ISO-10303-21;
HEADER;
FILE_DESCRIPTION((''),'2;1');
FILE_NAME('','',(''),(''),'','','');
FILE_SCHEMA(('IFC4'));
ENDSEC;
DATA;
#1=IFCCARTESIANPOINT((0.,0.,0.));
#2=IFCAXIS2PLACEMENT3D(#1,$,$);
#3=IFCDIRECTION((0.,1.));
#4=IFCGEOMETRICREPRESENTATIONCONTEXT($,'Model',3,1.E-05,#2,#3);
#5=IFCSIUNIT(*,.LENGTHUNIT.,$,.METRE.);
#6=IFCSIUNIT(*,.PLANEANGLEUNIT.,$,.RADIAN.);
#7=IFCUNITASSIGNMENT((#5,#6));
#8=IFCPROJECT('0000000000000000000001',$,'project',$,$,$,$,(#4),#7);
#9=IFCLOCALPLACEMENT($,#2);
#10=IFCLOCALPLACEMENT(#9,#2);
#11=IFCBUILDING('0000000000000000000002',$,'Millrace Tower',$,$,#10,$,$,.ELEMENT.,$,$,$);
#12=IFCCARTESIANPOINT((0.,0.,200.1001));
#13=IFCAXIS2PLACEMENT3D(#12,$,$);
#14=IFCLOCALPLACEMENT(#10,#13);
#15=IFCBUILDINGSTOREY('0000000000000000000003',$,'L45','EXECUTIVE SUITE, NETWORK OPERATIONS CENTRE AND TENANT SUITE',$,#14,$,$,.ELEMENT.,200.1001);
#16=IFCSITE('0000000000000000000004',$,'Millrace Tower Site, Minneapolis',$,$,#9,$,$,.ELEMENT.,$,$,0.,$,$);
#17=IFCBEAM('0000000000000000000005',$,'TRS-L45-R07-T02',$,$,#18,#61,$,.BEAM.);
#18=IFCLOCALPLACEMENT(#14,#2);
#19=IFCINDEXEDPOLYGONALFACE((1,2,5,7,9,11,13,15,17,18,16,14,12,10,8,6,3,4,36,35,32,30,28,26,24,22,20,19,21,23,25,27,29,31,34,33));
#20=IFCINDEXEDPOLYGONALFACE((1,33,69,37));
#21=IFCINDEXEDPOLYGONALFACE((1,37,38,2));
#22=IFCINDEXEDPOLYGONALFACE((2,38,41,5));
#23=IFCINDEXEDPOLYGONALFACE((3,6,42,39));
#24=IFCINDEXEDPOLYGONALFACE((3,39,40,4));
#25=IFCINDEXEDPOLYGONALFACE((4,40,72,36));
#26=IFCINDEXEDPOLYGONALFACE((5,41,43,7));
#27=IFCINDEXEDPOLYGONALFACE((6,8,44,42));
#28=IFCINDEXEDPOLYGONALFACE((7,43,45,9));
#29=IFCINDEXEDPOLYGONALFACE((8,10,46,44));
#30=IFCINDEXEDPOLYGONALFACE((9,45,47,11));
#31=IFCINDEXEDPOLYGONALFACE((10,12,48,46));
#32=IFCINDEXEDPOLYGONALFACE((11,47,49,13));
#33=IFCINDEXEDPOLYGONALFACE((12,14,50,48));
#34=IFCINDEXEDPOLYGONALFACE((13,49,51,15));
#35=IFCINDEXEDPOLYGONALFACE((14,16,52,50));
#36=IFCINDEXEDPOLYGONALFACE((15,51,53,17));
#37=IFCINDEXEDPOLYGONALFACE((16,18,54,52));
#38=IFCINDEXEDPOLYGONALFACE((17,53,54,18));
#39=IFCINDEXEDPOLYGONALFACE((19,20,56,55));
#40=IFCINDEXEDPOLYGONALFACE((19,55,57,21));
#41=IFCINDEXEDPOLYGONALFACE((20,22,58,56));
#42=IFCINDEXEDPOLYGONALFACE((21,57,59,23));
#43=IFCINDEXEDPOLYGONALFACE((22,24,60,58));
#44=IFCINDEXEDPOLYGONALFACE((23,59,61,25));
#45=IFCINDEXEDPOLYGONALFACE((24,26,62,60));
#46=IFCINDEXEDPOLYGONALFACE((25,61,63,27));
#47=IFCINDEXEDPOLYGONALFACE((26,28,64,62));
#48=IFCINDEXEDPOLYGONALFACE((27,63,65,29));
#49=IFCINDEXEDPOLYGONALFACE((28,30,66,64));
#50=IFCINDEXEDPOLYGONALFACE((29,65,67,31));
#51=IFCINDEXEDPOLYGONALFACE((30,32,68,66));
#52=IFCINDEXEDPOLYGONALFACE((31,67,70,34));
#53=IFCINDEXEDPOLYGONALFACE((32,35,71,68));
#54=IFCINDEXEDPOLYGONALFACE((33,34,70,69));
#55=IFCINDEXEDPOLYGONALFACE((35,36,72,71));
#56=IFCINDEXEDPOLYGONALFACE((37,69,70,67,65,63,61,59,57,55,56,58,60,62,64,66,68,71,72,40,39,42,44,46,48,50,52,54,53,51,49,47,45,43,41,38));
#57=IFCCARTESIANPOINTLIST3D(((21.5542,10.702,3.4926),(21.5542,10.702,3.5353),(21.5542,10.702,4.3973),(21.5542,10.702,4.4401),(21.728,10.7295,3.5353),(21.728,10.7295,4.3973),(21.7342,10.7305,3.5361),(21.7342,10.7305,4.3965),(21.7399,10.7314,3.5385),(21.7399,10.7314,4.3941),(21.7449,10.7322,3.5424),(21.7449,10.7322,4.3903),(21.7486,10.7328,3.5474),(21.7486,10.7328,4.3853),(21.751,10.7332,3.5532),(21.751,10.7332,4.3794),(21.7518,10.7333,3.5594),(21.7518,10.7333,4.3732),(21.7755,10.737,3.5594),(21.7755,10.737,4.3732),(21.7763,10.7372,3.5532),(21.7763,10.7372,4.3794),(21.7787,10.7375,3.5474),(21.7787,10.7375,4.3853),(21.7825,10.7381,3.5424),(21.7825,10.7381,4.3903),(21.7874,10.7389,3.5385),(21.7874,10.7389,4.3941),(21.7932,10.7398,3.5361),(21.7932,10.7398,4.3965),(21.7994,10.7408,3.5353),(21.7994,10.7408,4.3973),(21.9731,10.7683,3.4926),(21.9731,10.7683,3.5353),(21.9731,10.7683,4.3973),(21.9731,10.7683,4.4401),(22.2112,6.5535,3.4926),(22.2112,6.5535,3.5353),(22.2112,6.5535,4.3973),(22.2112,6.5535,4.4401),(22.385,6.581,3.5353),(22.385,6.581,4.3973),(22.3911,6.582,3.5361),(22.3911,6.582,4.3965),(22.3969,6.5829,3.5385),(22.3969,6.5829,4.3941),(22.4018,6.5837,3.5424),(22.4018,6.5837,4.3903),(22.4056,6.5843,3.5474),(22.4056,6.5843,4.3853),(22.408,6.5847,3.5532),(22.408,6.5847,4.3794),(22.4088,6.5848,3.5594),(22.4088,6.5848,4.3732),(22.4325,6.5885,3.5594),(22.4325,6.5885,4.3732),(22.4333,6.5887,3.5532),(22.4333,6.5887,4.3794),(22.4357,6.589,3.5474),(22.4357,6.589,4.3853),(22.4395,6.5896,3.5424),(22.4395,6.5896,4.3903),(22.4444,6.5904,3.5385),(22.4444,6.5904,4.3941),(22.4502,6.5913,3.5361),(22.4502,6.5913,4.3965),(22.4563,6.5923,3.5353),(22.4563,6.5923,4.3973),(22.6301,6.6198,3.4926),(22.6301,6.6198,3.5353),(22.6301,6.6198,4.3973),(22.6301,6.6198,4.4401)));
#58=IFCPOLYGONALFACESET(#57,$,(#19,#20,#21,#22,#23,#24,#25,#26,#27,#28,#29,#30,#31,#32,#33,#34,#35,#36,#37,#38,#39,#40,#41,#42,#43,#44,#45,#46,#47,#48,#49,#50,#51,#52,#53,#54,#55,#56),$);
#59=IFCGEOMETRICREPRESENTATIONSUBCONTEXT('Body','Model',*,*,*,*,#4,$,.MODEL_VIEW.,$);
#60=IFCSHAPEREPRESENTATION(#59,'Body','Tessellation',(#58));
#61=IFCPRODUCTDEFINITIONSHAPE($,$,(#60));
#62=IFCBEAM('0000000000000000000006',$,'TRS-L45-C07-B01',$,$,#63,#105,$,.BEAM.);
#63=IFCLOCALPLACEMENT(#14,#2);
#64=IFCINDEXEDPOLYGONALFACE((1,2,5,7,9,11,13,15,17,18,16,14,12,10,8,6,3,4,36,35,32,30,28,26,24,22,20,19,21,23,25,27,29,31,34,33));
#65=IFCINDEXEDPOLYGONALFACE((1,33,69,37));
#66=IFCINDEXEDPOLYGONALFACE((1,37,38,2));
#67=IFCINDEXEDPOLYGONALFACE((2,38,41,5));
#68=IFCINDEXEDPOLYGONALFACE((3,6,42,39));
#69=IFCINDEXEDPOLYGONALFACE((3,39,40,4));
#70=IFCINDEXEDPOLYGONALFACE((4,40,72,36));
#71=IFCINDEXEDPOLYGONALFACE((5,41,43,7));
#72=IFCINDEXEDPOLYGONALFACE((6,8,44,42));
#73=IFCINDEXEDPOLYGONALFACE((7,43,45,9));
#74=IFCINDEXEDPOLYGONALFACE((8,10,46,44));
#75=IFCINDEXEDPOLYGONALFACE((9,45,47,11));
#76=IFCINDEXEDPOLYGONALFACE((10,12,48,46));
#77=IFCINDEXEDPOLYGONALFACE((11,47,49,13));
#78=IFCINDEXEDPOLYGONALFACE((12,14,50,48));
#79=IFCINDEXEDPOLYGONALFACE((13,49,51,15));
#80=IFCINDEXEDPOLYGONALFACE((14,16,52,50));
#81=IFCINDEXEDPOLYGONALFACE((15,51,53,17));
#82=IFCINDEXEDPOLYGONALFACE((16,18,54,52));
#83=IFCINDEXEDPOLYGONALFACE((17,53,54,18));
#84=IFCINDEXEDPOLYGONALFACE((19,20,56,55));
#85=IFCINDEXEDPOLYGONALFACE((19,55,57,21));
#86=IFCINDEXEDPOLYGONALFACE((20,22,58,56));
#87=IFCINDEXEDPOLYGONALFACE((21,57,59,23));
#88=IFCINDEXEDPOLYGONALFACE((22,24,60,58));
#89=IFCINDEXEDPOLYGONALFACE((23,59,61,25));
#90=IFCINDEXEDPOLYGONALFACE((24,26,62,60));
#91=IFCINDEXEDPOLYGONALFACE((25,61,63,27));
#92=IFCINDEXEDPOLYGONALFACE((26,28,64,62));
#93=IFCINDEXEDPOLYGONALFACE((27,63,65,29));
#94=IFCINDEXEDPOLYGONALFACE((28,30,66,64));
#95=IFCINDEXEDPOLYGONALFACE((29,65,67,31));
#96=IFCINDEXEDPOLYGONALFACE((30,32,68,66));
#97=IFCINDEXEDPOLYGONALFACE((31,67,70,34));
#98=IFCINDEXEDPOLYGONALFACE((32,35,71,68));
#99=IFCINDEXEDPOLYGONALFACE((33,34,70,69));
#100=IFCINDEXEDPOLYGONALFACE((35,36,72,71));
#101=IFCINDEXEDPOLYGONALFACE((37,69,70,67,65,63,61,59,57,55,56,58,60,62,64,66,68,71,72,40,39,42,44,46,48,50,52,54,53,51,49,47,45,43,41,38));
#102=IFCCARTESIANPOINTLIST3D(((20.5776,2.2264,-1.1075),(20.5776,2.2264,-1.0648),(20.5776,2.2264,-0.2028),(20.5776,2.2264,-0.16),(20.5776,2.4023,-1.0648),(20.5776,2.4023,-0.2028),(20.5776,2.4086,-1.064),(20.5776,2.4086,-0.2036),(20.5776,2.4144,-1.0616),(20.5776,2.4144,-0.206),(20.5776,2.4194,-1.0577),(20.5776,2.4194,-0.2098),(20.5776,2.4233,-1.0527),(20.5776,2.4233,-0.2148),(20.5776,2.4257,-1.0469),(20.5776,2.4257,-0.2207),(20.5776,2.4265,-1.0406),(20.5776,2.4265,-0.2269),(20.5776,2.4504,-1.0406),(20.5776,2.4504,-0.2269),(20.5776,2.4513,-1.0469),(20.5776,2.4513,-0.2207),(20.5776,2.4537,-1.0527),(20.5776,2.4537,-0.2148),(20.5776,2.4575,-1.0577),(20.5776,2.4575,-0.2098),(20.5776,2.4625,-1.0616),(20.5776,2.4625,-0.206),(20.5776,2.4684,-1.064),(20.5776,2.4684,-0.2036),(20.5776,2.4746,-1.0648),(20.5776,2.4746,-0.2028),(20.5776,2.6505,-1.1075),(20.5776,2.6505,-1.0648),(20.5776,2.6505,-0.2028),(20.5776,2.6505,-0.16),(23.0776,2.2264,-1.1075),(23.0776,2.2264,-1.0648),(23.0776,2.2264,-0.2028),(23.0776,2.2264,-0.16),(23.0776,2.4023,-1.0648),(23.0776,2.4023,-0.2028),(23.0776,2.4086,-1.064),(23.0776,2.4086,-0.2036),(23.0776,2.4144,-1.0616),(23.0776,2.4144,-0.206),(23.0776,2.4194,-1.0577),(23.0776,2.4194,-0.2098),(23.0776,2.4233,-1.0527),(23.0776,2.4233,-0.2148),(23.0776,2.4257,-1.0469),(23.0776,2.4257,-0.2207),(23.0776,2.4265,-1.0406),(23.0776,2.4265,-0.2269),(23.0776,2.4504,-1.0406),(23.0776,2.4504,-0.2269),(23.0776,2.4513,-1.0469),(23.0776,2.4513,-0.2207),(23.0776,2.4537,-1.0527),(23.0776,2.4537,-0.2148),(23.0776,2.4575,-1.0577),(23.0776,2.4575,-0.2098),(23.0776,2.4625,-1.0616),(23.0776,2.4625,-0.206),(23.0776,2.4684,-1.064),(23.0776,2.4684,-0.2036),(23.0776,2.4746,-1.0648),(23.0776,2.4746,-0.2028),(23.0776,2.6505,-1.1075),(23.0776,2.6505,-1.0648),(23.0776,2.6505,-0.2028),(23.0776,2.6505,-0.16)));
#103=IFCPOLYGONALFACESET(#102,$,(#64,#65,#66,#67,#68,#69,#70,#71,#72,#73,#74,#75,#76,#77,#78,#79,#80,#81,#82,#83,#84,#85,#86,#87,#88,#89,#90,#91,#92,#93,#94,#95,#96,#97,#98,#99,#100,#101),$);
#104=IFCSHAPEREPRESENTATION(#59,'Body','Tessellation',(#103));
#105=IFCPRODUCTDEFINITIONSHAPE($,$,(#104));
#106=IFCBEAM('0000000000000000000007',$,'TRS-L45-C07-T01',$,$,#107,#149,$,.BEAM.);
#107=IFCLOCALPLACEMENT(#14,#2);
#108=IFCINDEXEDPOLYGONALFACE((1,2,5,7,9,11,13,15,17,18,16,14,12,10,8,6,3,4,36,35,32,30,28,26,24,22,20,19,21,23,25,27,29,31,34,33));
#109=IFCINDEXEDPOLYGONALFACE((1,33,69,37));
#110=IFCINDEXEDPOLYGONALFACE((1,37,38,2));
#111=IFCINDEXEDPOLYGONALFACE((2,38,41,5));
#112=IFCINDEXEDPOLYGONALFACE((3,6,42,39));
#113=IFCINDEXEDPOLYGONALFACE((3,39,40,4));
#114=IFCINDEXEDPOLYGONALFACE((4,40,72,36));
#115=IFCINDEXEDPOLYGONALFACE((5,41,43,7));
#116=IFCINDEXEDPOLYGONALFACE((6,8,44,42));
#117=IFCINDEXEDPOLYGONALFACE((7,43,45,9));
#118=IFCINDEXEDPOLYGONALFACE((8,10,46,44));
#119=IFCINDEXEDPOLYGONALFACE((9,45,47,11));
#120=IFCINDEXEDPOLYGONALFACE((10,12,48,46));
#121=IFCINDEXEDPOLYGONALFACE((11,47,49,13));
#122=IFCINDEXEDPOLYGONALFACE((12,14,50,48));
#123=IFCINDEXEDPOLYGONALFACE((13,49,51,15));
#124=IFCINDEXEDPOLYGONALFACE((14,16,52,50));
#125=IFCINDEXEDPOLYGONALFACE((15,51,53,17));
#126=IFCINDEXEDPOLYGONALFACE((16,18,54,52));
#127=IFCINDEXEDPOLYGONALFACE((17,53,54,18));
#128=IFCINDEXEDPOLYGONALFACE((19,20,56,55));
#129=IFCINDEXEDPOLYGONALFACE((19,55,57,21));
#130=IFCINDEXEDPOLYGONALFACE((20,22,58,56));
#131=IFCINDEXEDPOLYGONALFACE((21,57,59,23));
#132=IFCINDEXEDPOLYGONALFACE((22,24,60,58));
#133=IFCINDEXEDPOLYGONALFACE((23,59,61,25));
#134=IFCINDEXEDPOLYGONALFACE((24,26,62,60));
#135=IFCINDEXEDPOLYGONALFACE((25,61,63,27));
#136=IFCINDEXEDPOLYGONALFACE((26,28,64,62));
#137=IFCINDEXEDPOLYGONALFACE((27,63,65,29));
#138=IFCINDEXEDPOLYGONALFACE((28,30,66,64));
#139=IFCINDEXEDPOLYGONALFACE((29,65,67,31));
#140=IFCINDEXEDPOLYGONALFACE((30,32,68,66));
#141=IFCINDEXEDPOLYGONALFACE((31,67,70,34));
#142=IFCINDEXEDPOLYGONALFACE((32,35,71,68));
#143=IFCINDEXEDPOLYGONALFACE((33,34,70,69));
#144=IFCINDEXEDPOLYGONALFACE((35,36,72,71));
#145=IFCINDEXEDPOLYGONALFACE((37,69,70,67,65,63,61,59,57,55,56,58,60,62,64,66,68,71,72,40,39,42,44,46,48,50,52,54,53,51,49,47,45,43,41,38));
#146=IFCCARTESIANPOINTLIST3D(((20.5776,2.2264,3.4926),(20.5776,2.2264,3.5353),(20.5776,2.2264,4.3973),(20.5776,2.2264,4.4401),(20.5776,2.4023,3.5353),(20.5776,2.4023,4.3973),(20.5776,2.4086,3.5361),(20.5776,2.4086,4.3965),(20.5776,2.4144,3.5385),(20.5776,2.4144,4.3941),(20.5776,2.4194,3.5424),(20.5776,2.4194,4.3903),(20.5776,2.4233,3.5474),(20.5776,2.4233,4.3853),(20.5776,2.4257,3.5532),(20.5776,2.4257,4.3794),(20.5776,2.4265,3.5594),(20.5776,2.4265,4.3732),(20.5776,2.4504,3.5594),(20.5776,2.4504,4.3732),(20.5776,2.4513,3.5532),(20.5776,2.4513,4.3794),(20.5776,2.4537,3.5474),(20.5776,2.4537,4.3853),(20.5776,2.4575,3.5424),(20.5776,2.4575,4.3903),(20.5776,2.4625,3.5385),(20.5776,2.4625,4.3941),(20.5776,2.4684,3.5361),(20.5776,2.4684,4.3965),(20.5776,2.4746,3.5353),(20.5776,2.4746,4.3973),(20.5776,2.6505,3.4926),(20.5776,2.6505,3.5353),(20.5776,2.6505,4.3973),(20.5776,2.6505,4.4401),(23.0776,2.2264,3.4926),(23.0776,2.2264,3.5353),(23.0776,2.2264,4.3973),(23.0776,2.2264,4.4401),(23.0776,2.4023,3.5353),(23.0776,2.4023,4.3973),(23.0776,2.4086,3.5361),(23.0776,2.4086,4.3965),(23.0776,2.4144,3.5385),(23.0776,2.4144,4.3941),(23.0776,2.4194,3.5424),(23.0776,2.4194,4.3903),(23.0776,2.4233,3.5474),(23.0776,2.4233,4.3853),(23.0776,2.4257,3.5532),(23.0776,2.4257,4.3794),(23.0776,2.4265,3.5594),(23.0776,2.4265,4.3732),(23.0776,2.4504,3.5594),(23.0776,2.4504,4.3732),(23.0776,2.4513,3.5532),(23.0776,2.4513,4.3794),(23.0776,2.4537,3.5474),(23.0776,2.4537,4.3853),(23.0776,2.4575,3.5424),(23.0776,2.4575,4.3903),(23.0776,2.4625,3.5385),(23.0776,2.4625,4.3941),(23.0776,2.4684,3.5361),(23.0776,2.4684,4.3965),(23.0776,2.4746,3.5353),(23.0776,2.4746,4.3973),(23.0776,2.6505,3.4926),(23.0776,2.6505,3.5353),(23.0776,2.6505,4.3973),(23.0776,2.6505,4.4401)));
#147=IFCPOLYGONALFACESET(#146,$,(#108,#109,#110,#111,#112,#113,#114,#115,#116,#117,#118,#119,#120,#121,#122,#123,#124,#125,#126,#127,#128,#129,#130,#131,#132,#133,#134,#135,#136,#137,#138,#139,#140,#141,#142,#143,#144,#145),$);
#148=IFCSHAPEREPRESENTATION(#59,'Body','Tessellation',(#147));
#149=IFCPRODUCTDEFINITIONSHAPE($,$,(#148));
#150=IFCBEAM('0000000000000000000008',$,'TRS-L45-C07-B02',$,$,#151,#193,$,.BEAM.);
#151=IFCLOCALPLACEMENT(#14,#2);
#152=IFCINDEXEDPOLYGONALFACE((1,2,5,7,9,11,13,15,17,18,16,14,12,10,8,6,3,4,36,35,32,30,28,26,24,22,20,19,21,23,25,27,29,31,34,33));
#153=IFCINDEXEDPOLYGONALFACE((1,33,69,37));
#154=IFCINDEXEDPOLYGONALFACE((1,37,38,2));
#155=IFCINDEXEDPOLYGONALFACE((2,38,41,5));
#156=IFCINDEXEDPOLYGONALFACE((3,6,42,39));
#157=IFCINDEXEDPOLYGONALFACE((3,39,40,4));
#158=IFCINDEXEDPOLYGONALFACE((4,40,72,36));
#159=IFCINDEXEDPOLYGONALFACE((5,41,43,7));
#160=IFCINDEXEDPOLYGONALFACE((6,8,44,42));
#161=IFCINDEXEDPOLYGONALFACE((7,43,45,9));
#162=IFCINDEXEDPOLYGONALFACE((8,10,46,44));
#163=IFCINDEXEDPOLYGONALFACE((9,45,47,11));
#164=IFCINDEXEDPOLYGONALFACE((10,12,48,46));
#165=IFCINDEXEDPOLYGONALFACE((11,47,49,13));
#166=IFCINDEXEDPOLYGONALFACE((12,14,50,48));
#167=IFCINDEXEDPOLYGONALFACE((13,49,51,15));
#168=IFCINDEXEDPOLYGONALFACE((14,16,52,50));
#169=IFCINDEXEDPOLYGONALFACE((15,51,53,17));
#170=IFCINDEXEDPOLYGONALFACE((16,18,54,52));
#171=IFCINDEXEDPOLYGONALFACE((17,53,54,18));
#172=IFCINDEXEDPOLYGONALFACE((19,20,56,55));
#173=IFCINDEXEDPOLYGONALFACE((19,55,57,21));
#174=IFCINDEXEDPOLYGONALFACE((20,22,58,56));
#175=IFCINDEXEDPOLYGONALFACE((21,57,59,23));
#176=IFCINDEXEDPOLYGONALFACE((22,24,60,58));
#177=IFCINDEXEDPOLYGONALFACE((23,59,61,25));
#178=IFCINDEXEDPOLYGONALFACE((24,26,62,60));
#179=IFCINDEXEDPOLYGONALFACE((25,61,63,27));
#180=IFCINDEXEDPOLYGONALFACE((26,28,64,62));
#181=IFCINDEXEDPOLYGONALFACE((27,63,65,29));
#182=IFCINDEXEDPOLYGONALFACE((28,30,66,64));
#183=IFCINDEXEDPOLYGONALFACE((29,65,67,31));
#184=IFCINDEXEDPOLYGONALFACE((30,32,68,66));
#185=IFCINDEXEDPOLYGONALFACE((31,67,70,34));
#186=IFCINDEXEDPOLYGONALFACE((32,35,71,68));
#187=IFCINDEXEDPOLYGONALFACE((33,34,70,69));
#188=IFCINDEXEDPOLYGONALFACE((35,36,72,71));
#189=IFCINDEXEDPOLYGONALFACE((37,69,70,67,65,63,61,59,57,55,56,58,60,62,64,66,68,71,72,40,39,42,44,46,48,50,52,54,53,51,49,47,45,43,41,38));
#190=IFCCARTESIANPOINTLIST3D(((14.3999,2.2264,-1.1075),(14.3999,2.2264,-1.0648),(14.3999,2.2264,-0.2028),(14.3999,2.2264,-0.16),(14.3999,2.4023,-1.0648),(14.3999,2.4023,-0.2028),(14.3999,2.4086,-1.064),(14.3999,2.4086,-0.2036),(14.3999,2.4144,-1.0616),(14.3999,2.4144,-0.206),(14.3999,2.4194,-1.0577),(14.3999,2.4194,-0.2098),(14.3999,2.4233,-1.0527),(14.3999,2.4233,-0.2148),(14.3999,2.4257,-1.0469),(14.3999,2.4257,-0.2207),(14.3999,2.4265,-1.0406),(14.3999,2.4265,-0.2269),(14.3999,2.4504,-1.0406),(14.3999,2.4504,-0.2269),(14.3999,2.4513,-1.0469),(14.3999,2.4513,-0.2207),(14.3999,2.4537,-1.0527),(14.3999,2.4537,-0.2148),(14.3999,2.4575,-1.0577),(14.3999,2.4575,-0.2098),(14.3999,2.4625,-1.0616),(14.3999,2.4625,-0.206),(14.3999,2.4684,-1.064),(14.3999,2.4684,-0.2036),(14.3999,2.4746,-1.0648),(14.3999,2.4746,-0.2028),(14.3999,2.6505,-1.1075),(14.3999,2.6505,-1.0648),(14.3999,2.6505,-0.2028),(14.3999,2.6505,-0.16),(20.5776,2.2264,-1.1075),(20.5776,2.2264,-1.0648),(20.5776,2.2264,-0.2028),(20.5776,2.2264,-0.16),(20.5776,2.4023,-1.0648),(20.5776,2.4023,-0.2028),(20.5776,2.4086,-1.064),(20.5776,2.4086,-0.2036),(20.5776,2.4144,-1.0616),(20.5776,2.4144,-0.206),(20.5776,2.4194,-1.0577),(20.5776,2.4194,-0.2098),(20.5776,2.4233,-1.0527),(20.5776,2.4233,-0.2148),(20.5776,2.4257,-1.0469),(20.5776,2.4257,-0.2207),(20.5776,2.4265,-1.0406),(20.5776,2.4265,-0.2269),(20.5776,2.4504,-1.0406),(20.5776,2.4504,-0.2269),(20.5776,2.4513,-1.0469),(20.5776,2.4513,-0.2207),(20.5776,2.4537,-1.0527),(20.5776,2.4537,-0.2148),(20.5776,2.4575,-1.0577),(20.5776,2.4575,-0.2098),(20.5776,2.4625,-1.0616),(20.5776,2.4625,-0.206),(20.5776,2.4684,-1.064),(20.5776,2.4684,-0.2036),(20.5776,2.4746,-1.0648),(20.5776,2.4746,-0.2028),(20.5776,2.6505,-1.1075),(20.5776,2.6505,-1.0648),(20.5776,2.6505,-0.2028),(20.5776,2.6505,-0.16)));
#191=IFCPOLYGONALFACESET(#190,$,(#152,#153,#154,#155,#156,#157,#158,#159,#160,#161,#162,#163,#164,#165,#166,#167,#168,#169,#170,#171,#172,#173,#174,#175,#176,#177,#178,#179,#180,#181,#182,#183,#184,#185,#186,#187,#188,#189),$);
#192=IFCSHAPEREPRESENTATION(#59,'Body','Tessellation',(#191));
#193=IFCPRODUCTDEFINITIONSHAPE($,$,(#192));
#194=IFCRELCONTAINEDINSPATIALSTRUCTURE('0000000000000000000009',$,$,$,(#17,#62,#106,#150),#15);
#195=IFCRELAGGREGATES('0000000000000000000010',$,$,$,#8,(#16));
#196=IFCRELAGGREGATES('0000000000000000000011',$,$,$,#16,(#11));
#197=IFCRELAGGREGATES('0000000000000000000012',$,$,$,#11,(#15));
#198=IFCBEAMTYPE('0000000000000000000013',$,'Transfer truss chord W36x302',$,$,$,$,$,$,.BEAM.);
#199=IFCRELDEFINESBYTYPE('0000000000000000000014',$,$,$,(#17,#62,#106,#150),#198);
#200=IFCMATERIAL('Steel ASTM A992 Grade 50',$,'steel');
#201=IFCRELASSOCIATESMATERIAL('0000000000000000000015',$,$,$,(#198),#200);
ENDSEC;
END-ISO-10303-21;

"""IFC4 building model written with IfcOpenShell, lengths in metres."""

from ifc_helpers import new_model, si_unit, direction, frame, origin, origin_2d, place, context, subcontext, project, spatial, i_section, extrude, material, material_profile, profile_set, type_object, element, save


model = new_model("IFC4")

# Units and contexts
model_context = context("Model", 3, precision=1e-05, world=origin(), true_north=direction((0.0, 1.0)))
body_context = subcontext(model_context, "Body", "Model", "MODEL_VIEW")
ifc_project = project(units=[si_unit("LENGTHUNIT", "METRE"), si_unit("PLANEANGLEUNIT", "RADIAN")], contexts=[model_context])

# Site, building, storey
site_placement = place(None, origin())
site = spatial("IfcSite", under=ifc_project, at=site_placement, Name="Millrace Tower Site, Minneapolis", CompositionType="ELEMENT", RefElevation=0.0)
building_placement = place(site_placement, origin())
building = spatial("IfcBuilding", under=site, at=building_placement, Name="Millrace Tower", CompositionType="ELEMENT")
storey_placement = place(building_placement, frame((0.0, 0.0, 200.1001)))
storey = spatial("IfcBuildingStorey", under=building, at=storey_placement, Name="L45", Description="EXECUTIVE SUITE, NETWORK OPERATIONS CENTRE AND TENANT SUITE", CompositionType="ELEMENT", Elevation=200.1001)

# Beams
ifc_material_1 = material(Name="Steel ASTM A992 Grade 50", Category="steel")
ifc_material_profile_1 = material_profile(ifc_material_1, i_section(OverallWidth=0.4241, OverallDepth=0.9475, WebThickness=0.0239, FlangeThickness=0.0427, FilletRadius=0.0242, at=origin_2d()))
ifc_profile_set_1 = profile_set([ifc_material_profile_1], Name="Steel ASTM A992 Grade 50")
beam_type_1 = type_object("IfcBeamType", Name="Transfer truss chord W36x302", PredefinedType="BEAM", material=ifc_profile_set_1)
for number, where, z_axis, x_axis, name in (
    (1, (22.4207, 6.5867, 3.9663), (-0.156419, 0.987691, 0.0), (-0.987691, -0.156419, 0.0), "TRS-L45-R07-T02"),
):
    element("IfcBeam", number, at=place(storey_placement, frame(where, z_axis=z_axis, x_axis=x_axis)), inside=storey, type_object=beam_type_1, Name=name, PredefinedType="BEAM", context=body_context, shape_type="SweptSolid", body=[
        extrude(i_section(OverallWidth=0.4241, OverallDepth=0.9475, WebThickness=0.0239, FlangeThickness=0.0427, FilletRadius=0.0242, at=origin_2d()), origin(), (0.0, 0.0, 1.0), 4.2002),
    ])
for number, where, z_axis, x_axis, name in (
    (2, (23.0776, 2.4385, -0.6338), (-1.0, 0.0, 0.0), (0.0, -1.0, 0.0), "TRS-L45-C07-B01"),
    (3, (23.0776, 2.4385, 3.9663), (-1.0, 0.0, 0.0), (0.0, -1.0, 0.0), "TRS-L45-C07-T01"),
):
    element("IfcBeam", number, at=place(storey_placement, frame(where, z_axis=z_axis, x_axis=x_axis)), inside=storey, type_object=beam_type_1, Name=name, PredefinedType="BEAM", context=body_context, shape_type="SweptSolid", body=[
        extrude(i_section(OverallWidth=0.4241, OverallDepth=0.9475, WebThickness=0.0239, FlangeThickness=0.0427, FilletRadius=0.0242, at=origin_2d()), origin(), (0.0, 0.0, 1.0), 2.5),
    ])
for number, where, z_axis, x_axis, name in (
    (4, (20.5776, 2.4385, -0.6338), (-1.0, 0.0, 0.0), (0.0, -1.0, 0.0), "TRS-L45-C07-B02"),
):
    element("IfcBeam", number, at=place(storey_placement, frame(where, z_axis=z_axis, x_axis=x_axis)), inside=storey, type_object=beam_type_1, Name=name, PredefinedType="BEAM", context=body_context, shape_type="SweptSolid", body=[
        extrude(i_section(OverallWidth=0.4241, OverallDepth=0.9475, WebThickness=0.0239, FlangeThickness=0.0427, FilletRadius=0.0242, at=origin_2d()), origin(), (0.0, 0.0, 1.0), 6.1777),
    ])

save(model, "model.ifc")
